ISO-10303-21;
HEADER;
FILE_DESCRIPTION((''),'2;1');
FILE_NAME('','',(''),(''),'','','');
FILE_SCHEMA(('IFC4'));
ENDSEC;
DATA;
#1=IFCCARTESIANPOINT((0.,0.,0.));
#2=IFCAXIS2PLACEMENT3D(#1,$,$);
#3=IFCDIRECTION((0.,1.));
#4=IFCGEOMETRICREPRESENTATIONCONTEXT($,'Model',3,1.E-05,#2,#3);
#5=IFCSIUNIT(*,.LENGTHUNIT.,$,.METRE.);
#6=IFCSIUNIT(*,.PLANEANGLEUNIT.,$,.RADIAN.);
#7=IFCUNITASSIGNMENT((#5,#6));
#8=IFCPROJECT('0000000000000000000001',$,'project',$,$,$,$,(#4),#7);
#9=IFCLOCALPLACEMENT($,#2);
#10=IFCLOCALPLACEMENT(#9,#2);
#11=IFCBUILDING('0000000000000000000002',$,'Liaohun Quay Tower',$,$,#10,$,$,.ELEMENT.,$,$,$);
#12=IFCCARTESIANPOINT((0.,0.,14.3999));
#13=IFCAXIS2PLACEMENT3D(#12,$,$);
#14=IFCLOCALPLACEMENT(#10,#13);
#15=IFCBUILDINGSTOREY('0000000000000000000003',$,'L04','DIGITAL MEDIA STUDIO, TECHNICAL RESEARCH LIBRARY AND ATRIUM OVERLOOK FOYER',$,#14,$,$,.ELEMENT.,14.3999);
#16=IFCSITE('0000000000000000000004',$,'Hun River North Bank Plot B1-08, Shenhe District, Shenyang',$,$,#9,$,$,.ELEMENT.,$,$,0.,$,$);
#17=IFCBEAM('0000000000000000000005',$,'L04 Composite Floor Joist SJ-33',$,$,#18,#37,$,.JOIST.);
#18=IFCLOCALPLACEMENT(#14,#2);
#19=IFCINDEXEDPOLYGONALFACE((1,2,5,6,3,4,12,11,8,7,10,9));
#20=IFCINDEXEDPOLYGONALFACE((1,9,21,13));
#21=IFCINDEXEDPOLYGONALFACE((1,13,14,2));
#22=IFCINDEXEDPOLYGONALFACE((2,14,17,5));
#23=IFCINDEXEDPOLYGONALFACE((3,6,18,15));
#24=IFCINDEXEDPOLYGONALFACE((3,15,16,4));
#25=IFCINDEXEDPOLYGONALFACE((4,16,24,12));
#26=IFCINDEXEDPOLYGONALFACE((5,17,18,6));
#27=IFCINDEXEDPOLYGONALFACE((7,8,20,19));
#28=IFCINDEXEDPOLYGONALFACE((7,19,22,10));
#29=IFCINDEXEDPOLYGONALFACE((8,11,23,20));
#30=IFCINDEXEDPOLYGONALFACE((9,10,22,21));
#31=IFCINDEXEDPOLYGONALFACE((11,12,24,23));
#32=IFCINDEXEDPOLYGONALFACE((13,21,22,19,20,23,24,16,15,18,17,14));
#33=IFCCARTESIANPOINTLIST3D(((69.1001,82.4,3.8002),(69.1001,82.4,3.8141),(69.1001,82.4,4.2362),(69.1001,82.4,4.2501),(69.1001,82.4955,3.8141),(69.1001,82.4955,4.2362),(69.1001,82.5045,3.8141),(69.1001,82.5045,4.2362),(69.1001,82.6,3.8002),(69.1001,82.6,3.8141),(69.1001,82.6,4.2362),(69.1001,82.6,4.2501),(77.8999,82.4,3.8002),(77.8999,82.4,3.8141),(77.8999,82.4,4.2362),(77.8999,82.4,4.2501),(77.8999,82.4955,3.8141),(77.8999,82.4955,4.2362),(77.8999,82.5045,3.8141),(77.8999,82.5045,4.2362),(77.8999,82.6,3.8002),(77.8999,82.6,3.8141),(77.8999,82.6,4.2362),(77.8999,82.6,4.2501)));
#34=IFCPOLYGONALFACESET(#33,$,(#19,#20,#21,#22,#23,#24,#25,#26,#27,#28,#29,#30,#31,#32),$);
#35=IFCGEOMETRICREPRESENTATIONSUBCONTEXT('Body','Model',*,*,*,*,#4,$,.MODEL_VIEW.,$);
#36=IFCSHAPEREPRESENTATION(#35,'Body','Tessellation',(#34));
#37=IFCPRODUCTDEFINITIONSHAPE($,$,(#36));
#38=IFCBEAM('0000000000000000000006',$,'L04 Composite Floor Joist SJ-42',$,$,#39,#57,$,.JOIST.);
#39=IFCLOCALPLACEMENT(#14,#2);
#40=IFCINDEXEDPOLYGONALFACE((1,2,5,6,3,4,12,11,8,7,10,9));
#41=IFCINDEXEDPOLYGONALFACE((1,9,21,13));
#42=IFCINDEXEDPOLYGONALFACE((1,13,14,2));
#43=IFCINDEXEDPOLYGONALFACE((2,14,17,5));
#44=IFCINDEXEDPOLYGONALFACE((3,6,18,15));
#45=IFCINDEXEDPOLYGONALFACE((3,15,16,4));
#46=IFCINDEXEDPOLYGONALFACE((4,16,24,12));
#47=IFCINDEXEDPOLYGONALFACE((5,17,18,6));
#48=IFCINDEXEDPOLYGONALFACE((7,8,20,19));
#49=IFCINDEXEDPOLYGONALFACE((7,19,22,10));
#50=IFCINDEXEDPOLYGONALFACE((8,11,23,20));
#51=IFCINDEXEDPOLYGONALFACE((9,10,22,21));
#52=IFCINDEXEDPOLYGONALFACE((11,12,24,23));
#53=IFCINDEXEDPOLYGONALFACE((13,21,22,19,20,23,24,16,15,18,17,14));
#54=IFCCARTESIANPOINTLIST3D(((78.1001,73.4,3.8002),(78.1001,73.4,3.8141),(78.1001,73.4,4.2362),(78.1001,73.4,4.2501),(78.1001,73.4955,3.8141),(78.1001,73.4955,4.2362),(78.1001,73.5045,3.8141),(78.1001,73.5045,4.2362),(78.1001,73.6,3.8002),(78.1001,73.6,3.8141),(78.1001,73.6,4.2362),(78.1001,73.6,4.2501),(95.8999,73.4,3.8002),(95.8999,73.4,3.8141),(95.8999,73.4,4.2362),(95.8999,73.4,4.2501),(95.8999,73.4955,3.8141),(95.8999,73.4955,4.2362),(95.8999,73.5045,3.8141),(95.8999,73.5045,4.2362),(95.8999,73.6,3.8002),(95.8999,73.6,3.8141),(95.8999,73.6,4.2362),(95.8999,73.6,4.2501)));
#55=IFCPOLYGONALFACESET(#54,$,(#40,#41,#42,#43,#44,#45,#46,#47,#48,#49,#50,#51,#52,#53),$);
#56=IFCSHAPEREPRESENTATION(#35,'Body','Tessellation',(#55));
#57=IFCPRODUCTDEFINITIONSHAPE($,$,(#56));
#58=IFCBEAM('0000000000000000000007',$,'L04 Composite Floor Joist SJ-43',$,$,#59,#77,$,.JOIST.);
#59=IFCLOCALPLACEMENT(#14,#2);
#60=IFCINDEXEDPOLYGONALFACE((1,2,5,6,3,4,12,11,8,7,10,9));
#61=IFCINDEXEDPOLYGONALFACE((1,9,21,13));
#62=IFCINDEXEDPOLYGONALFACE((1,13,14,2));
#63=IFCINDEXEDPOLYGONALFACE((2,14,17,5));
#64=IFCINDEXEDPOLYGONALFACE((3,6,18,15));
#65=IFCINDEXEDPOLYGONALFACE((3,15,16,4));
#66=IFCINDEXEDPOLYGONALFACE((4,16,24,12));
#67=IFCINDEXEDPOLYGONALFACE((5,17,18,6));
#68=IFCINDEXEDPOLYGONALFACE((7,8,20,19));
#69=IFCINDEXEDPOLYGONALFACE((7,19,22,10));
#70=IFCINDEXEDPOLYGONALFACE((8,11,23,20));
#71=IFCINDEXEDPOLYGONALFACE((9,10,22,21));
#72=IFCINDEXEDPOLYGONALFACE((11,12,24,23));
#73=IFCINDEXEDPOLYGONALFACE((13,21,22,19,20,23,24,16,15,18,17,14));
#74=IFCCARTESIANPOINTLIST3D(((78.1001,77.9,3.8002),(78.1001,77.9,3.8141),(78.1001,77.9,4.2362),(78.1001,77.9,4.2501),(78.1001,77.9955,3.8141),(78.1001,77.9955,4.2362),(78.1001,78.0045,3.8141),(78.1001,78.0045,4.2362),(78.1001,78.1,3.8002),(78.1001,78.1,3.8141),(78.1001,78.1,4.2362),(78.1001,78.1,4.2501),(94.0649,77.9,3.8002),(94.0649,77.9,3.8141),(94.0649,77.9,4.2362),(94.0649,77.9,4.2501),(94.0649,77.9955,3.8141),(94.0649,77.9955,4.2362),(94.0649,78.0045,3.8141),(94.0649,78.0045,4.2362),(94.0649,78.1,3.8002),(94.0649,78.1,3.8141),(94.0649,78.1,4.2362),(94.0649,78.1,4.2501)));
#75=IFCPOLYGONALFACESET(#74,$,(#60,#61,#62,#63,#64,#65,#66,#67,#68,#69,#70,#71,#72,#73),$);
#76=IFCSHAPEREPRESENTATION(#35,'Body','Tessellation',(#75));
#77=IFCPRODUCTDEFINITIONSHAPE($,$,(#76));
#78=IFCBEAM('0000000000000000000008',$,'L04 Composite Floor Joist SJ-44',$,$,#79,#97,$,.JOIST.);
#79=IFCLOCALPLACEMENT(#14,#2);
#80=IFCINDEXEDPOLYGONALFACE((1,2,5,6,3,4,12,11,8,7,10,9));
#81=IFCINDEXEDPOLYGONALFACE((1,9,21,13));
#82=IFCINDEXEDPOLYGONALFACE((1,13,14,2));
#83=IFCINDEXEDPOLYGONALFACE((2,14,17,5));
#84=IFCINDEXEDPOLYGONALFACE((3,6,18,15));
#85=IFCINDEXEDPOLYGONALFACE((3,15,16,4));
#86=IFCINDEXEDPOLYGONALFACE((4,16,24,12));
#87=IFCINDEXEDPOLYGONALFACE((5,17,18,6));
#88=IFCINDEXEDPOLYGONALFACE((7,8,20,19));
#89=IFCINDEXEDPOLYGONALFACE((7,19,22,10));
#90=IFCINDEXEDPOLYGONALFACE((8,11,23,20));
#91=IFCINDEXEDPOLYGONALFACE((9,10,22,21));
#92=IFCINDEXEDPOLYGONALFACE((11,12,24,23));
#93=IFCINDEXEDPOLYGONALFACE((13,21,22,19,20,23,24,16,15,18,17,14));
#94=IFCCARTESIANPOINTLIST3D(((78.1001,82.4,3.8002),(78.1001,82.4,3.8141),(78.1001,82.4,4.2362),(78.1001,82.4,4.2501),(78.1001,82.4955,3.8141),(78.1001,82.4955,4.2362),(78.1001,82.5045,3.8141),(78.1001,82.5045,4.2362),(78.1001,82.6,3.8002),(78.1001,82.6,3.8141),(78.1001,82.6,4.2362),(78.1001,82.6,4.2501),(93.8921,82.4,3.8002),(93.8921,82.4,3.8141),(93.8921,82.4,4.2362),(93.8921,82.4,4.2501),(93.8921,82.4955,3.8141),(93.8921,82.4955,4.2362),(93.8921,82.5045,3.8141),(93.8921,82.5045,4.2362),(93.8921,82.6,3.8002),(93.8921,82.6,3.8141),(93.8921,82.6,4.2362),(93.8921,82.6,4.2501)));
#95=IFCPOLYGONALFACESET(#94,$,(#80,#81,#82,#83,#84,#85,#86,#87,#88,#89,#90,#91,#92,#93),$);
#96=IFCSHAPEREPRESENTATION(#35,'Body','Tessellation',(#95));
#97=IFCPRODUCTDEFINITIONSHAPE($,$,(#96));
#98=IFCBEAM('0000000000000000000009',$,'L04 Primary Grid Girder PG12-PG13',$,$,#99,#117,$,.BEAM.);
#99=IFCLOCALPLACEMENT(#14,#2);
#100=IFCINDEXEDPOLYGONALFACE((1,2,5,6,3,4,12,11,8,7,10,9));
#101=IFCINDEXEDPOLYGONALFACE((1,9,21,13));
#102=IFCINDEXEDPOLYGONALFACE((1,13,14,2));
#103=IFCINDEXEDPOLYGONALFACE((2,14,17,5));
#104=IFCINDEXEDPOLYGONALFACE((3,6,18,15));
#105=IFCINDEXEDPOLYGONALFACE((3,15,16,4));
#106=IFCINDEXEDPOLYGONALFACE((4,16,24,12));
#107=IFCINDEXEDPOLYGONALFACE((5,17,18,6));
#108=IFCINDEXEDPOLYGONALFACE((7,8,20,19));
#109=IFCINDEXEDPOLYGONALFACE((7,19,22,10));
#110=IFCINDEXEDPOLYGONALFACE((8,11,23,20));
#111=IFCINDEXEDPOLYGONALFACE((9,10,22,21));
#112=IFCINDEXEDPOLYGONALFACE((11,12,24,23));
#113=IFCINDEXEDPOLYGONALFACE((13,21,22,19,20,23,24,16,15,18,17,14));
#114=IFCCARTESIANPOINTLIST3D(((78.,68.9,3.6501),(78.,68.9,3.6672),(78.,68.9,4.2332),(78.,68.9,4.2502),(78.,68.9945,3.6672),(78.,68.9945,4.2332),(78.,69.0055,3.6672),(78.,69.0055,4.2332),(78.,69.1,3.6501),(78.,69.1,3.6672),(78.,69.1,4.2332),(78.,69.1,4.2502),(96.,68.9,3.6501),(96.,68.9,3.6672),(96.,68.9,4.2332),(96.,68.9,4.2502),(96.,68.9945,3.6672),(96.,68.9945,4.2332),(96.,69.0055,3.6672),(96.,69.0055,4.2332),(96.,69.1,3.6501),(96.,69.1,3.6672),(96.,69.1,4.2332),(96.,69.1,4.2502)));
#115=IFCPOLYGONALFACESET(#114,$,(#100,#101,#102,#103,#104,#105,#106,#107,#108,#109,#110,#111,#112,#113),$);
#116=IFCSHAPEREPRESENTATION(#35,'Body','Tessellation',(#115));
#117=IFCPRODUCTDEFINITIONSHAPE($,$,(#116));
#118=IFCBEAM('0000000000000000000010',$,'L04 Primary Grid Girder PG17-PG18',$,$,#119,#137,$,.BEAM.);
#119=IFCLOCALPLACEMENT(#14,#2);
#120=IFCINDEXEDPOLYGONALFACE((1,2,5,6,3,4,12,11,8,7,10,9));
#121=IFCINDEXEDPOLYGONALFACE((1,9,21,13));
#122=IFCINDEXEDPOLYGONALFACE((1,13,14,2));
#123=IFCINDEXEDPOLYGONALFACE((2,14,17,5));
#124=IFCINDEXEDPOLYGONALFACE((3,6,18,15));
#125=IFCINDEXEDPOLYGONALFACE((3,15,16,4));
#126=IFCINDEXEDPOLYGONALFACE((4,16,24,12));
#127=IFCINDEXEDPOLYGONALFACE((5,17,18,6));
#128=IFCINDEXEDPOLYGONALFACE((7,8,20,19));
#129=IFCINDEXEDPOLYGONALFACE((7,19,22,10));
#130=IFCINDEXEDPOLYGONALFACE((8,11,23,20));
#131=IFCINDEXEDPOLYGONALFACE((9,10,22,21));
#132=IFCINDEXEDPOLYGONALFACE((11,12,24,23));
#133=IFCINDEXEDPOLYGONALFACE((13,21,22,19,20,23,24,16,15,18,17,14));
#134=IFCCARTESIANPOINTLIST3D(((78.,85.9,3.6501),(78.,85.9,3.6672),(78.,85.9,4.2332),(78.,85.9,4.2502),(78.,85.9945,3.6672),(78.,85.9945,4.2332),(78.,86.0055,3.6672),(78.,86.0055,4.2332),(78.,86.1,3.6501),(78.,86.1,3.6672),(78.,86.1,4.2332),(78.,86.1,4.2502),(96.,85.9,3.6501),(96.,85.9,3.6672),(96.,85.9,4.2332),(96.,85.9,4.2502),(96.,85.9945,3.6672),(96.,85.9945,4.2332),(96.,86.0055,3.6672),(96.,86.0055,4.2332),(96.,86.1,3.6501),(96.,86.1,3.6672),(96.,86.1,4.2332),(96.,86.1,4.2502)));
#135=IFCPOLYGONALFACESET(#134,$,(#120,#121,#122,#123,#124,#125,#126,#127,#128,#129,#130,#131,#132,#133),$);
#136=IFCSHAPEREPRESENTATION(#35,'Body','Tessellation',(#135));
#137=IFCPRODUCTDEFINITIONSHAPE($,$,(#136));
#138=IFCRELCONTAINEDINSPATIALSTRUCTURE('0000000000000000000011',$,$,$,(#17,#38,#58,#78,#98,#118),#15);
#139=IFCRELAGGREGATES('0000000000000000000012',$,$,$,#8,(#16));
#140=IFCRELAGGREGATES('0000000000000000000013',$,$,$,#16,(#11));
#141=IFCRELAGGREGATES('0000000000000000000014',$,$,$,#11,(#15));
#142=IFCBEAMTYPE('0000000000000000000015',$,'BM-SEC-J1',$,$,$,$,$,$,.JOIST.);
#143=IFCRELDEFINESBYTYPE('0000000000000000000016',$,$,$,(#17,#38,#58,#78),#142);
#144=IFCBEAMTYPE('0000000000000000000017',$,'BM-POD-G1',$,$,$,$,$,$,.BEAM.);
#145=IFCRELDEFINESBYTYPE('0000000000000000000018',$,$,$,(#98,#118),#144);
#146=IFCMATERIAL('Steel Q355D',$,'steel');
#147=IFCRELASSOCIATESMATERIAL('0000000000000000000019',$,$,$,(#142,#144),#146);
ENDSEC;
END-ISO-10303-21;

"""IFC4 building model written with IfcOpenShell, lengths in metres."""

from ifc_helpers import new_model, si_unit, direction, frame, origin, origin_2d, place, context, subcontext, project, spatial, i_section, extrude, source, transform, mapped, material, material_profile, profile_set, type_object, element, save


model = new_model("IFC4")

# Units and contexts
model_context = context("Model", 3, precision=1e-05, world=origin(), true_north=direction((0.0, 1.0)))
body_context = subcontext(model_context, "Body", "Model", "MODEL_VIEW")
ifc_project = project(units=[si_unit("LENGTHUNIT", "METRE"), si_unit("PLANEANGLEUNIT", "RADIAN")], contexts=[model_context])

# Site, building, storey
site_placement = place(None, origin())
site = spatial("IfcSite", under=ifc_project, at=site_placement, Name="Hun River North Bank Plot B1-08, Shenhe District, Shenyang", CompositionType="ELEMENT", RefElevation=0.0)
building_placement = place(site_placement, origin())
building = spatial("IfcBuilding", under=site, at=building_placement, Name="Liaohun Quay Tower", CompositionType="ELEMENT")
storey_placement = place(building_placement, frame((0.0, 0.0, 14.3999)))
storey = spatial("IfcBuildingStorey", under=building, at=storey_placement, Name="L04", Description="DIGITAL MEDIA STUDIO, TECHNICAL RESEARCH LIBRARY AND ATRIUM OVERLOOK FOYER", CompositionType="ELEMENT", Elevation=14.3999)

# Beams
ifc_material_1 = material(Name="Steel Q355D", Category="steel")
ifc_material_profile_1 = material_profile(ifc_material_1, i_section(OverallWidth=0.2, OverallDepth=0.45, WebThickness=0.009, FlangeThickness=0.0139, at=origin_2d()), Name="HN450x200x9x14")
ifc_profile_set_1 = profile_set([ifc_material_profile_1], Name="Steel Q355D")
beam_type_1 = type_object("IfcBeamType", Name="BM-SEC-J1", PredefinedType="JOIST", material=ifc_profile_set_1)
shared_shape_1 = source(origin(), body_context, "Body", "SweptSolid", [
    extrude(i_section(OverallWidth=0.2, OverallDepth=0.45, WebThickness=0.009, FlangeThickness=0.0139, at=origin_2d()), origin(), (0.0, 0.0, 1.0), 8.7998),
])
beam_1_placement = place(storey_placement, frame((69.1001, 82.5, 4.0251), z_axis=(1.0, 0.0, 0.0), x_axis=(0.0, 1.0, 0.0)))
element("IfcBeam", 1, at=beam_1_placement, inside=storey, type_object=beam_type_1, Name="L04 Composite Floor Joist SJ-33", PredefinedType="JOIST", context=body_context, shape_type="MappedRepresentation", body=[
    mapped(shared_shape_1, transform((0.0, 0.0, 0.0), x_axis=(1.0, 0.0, 0.0), y_axis=(0.0, 1.0, 0.0), z_axis=(0.0, 0.0, 1.0), scale=1.0)),
])
shared_shape_2 = source(origin(), body_context, "Body", "SweptSolid", [
    extrude(i_section(OverallWidth=0.2, OverallDepth=0.45, WebThickness=0.009, FlangeThickness=0.0139, at=origin_2d()), origin(), (0.0, 0.0, 1.0), 17.7998),
])
beam_2_placement = place(storey_placement, frame((78.1001, 73.5, 4.0251), z_axis=(1.0, 0.0, 0.0), x_axis=(0.0, 1.0, 0.0)))
element("IfcBeam", 2, at=beam_2_placement, inside=storey, type_object=beam_type_1, Name="L04 Composite Floor Joist SJ-42", PredefinedType="JOIST", context=body_context, shape_type="MappedRepresentation", body=[
    mapped(shared_shape_2, transform((0.0, 0.0, 0.0), x_axis=(1.0, 0.0, 0.0), y_axis=(0.0, 1.0, 0.0), z_axis=(0.0, 0.0, 1.0), scale=1.0)),
])
shared_shape_3 = source(origin(), body_context, "Body", "SweptSolid", [
    extrude(i_section(OverallWidth=0.2, OverallDepth=0.45, WebThickness=0.009, FlangeThickness=0.0139, at=origin_2d()), origin(), (0.0, 0.0, 1.0), 15.9648),
])
beam_3_placement = place(storey_placement, frame((78.1001, 78.0, 4.0251), z_axis=(1.0, 0.0, 0.0), x_axis=(0.0, 1.0, 0.0)))
element("IfcBeam", 3, at=beam_3_placement, inside=storey, type_object=beam_type_1, Name="L04 Composite Floor Joist SJ-43", PredefinedType="JOIST", context=body_context, shape_type="MappedRepresentation", body=[
    mapped(shared_shape_3, transform((0.0, 0.0, 0.0), x_axis=(1.0, 0.0, 0.0), y_axis=(0.0, 1.0, 0.0), z_axis=(0.0, 0.0, 1.0), scale=1.0)),
])
shared_shape_4 = source(origin(), body_context, "Body", "SweptSolid", [
    extrude(i_section(OverallWidth=0.2, OverallDepth=0.45, WebThickness=0.009, FlangeThickness=0.0139, at=origin_2d()), origin(), (0.0, 0.0, 1.0), 15.792),
])
beam_4_placement = place(storey_placement, frame((78.1001, 82.5, 4.0251), z_axis=(1.0, 0.0, 0.0), x_axis=(0.0, 1.0, 0.0)))
element("IfcBeam", 4, at=beam_4_placement, inside=storey, type_object=beam_type_1, Name="L04 Composite Floor Joist SJ-44", PredefinedType="JOIST", context=body_context, shape_type="MappedRepresentation", body=[
    mapped(shared_shape_4, transform((0.0, 0.0, 0.0), x_axis=(1.0, 0.0, 0.0), y_axis=(0.0, 1.0, 0.0), z_axis=(0.0, 0.0, 1.0), scale=1.0)),
])
ifc_material_profile_2 = material_profile(ifc_material_1, i_section(OverallWidth=0.2, OverallDepth=0.6001, WebThickness=0.011, FlangeThickness=0.0171, at=origin_2d()), Name="HN600x200x11x17")
ifc_profile_set_2 = profile_set([ifc_material_profile_2], Name="Steel Q355D")
beam_type_2 = type_object("IfcBeamType", Name="BM-POD-G1", PredefinedType="BEAM", material=ifc_profile_set_2)
shared_shape_5 = source(origin(), body_context, "Body", "SweptSolid", [
    extrude(i_section(OverallWidth=0.2, OverallDepth=0.6001, WebThickness=0.011, FlangeThickness=0.0171, at=origin_2d()), origin(), (0.0, 0.0, 1.0), 18.0),
])
for number, where, z_axis, x_axis, name in (
    (5, (78.0, 69.0, 3.9502), (1.0, 0.0, 0.0), (0.0, 1.0, 0.0), "L04 Primary Grid Girder PG12-PG13"),
    (6, (78.0, 86.0, 3.9502), (1.0, 0.0, 0.0), (0.0, 1.0, 0.0), "L04 Primary Grid Girder PG17-PG18"),
):
    element("IfcBeam", number, at=place(storey_placement, frame(where, z_axis=z_axis, x_axis=x_axis)), inside=storey, type_object=beam_type_2, Name=name, PredefinedType="BEAM", context=body_context, shape_type="MappedRepresentation", body=[
        mapped(shared_shape_5, transform((0.0, 0.0, 0.0), x_axis=(1.0, 0.0, 0.0), y_axis=(0.0, 1.0, 0.0), z_axis=(0.0, 0.0, 1.0), scale=1.0)),
    ])

save(model, "model.ifc")
